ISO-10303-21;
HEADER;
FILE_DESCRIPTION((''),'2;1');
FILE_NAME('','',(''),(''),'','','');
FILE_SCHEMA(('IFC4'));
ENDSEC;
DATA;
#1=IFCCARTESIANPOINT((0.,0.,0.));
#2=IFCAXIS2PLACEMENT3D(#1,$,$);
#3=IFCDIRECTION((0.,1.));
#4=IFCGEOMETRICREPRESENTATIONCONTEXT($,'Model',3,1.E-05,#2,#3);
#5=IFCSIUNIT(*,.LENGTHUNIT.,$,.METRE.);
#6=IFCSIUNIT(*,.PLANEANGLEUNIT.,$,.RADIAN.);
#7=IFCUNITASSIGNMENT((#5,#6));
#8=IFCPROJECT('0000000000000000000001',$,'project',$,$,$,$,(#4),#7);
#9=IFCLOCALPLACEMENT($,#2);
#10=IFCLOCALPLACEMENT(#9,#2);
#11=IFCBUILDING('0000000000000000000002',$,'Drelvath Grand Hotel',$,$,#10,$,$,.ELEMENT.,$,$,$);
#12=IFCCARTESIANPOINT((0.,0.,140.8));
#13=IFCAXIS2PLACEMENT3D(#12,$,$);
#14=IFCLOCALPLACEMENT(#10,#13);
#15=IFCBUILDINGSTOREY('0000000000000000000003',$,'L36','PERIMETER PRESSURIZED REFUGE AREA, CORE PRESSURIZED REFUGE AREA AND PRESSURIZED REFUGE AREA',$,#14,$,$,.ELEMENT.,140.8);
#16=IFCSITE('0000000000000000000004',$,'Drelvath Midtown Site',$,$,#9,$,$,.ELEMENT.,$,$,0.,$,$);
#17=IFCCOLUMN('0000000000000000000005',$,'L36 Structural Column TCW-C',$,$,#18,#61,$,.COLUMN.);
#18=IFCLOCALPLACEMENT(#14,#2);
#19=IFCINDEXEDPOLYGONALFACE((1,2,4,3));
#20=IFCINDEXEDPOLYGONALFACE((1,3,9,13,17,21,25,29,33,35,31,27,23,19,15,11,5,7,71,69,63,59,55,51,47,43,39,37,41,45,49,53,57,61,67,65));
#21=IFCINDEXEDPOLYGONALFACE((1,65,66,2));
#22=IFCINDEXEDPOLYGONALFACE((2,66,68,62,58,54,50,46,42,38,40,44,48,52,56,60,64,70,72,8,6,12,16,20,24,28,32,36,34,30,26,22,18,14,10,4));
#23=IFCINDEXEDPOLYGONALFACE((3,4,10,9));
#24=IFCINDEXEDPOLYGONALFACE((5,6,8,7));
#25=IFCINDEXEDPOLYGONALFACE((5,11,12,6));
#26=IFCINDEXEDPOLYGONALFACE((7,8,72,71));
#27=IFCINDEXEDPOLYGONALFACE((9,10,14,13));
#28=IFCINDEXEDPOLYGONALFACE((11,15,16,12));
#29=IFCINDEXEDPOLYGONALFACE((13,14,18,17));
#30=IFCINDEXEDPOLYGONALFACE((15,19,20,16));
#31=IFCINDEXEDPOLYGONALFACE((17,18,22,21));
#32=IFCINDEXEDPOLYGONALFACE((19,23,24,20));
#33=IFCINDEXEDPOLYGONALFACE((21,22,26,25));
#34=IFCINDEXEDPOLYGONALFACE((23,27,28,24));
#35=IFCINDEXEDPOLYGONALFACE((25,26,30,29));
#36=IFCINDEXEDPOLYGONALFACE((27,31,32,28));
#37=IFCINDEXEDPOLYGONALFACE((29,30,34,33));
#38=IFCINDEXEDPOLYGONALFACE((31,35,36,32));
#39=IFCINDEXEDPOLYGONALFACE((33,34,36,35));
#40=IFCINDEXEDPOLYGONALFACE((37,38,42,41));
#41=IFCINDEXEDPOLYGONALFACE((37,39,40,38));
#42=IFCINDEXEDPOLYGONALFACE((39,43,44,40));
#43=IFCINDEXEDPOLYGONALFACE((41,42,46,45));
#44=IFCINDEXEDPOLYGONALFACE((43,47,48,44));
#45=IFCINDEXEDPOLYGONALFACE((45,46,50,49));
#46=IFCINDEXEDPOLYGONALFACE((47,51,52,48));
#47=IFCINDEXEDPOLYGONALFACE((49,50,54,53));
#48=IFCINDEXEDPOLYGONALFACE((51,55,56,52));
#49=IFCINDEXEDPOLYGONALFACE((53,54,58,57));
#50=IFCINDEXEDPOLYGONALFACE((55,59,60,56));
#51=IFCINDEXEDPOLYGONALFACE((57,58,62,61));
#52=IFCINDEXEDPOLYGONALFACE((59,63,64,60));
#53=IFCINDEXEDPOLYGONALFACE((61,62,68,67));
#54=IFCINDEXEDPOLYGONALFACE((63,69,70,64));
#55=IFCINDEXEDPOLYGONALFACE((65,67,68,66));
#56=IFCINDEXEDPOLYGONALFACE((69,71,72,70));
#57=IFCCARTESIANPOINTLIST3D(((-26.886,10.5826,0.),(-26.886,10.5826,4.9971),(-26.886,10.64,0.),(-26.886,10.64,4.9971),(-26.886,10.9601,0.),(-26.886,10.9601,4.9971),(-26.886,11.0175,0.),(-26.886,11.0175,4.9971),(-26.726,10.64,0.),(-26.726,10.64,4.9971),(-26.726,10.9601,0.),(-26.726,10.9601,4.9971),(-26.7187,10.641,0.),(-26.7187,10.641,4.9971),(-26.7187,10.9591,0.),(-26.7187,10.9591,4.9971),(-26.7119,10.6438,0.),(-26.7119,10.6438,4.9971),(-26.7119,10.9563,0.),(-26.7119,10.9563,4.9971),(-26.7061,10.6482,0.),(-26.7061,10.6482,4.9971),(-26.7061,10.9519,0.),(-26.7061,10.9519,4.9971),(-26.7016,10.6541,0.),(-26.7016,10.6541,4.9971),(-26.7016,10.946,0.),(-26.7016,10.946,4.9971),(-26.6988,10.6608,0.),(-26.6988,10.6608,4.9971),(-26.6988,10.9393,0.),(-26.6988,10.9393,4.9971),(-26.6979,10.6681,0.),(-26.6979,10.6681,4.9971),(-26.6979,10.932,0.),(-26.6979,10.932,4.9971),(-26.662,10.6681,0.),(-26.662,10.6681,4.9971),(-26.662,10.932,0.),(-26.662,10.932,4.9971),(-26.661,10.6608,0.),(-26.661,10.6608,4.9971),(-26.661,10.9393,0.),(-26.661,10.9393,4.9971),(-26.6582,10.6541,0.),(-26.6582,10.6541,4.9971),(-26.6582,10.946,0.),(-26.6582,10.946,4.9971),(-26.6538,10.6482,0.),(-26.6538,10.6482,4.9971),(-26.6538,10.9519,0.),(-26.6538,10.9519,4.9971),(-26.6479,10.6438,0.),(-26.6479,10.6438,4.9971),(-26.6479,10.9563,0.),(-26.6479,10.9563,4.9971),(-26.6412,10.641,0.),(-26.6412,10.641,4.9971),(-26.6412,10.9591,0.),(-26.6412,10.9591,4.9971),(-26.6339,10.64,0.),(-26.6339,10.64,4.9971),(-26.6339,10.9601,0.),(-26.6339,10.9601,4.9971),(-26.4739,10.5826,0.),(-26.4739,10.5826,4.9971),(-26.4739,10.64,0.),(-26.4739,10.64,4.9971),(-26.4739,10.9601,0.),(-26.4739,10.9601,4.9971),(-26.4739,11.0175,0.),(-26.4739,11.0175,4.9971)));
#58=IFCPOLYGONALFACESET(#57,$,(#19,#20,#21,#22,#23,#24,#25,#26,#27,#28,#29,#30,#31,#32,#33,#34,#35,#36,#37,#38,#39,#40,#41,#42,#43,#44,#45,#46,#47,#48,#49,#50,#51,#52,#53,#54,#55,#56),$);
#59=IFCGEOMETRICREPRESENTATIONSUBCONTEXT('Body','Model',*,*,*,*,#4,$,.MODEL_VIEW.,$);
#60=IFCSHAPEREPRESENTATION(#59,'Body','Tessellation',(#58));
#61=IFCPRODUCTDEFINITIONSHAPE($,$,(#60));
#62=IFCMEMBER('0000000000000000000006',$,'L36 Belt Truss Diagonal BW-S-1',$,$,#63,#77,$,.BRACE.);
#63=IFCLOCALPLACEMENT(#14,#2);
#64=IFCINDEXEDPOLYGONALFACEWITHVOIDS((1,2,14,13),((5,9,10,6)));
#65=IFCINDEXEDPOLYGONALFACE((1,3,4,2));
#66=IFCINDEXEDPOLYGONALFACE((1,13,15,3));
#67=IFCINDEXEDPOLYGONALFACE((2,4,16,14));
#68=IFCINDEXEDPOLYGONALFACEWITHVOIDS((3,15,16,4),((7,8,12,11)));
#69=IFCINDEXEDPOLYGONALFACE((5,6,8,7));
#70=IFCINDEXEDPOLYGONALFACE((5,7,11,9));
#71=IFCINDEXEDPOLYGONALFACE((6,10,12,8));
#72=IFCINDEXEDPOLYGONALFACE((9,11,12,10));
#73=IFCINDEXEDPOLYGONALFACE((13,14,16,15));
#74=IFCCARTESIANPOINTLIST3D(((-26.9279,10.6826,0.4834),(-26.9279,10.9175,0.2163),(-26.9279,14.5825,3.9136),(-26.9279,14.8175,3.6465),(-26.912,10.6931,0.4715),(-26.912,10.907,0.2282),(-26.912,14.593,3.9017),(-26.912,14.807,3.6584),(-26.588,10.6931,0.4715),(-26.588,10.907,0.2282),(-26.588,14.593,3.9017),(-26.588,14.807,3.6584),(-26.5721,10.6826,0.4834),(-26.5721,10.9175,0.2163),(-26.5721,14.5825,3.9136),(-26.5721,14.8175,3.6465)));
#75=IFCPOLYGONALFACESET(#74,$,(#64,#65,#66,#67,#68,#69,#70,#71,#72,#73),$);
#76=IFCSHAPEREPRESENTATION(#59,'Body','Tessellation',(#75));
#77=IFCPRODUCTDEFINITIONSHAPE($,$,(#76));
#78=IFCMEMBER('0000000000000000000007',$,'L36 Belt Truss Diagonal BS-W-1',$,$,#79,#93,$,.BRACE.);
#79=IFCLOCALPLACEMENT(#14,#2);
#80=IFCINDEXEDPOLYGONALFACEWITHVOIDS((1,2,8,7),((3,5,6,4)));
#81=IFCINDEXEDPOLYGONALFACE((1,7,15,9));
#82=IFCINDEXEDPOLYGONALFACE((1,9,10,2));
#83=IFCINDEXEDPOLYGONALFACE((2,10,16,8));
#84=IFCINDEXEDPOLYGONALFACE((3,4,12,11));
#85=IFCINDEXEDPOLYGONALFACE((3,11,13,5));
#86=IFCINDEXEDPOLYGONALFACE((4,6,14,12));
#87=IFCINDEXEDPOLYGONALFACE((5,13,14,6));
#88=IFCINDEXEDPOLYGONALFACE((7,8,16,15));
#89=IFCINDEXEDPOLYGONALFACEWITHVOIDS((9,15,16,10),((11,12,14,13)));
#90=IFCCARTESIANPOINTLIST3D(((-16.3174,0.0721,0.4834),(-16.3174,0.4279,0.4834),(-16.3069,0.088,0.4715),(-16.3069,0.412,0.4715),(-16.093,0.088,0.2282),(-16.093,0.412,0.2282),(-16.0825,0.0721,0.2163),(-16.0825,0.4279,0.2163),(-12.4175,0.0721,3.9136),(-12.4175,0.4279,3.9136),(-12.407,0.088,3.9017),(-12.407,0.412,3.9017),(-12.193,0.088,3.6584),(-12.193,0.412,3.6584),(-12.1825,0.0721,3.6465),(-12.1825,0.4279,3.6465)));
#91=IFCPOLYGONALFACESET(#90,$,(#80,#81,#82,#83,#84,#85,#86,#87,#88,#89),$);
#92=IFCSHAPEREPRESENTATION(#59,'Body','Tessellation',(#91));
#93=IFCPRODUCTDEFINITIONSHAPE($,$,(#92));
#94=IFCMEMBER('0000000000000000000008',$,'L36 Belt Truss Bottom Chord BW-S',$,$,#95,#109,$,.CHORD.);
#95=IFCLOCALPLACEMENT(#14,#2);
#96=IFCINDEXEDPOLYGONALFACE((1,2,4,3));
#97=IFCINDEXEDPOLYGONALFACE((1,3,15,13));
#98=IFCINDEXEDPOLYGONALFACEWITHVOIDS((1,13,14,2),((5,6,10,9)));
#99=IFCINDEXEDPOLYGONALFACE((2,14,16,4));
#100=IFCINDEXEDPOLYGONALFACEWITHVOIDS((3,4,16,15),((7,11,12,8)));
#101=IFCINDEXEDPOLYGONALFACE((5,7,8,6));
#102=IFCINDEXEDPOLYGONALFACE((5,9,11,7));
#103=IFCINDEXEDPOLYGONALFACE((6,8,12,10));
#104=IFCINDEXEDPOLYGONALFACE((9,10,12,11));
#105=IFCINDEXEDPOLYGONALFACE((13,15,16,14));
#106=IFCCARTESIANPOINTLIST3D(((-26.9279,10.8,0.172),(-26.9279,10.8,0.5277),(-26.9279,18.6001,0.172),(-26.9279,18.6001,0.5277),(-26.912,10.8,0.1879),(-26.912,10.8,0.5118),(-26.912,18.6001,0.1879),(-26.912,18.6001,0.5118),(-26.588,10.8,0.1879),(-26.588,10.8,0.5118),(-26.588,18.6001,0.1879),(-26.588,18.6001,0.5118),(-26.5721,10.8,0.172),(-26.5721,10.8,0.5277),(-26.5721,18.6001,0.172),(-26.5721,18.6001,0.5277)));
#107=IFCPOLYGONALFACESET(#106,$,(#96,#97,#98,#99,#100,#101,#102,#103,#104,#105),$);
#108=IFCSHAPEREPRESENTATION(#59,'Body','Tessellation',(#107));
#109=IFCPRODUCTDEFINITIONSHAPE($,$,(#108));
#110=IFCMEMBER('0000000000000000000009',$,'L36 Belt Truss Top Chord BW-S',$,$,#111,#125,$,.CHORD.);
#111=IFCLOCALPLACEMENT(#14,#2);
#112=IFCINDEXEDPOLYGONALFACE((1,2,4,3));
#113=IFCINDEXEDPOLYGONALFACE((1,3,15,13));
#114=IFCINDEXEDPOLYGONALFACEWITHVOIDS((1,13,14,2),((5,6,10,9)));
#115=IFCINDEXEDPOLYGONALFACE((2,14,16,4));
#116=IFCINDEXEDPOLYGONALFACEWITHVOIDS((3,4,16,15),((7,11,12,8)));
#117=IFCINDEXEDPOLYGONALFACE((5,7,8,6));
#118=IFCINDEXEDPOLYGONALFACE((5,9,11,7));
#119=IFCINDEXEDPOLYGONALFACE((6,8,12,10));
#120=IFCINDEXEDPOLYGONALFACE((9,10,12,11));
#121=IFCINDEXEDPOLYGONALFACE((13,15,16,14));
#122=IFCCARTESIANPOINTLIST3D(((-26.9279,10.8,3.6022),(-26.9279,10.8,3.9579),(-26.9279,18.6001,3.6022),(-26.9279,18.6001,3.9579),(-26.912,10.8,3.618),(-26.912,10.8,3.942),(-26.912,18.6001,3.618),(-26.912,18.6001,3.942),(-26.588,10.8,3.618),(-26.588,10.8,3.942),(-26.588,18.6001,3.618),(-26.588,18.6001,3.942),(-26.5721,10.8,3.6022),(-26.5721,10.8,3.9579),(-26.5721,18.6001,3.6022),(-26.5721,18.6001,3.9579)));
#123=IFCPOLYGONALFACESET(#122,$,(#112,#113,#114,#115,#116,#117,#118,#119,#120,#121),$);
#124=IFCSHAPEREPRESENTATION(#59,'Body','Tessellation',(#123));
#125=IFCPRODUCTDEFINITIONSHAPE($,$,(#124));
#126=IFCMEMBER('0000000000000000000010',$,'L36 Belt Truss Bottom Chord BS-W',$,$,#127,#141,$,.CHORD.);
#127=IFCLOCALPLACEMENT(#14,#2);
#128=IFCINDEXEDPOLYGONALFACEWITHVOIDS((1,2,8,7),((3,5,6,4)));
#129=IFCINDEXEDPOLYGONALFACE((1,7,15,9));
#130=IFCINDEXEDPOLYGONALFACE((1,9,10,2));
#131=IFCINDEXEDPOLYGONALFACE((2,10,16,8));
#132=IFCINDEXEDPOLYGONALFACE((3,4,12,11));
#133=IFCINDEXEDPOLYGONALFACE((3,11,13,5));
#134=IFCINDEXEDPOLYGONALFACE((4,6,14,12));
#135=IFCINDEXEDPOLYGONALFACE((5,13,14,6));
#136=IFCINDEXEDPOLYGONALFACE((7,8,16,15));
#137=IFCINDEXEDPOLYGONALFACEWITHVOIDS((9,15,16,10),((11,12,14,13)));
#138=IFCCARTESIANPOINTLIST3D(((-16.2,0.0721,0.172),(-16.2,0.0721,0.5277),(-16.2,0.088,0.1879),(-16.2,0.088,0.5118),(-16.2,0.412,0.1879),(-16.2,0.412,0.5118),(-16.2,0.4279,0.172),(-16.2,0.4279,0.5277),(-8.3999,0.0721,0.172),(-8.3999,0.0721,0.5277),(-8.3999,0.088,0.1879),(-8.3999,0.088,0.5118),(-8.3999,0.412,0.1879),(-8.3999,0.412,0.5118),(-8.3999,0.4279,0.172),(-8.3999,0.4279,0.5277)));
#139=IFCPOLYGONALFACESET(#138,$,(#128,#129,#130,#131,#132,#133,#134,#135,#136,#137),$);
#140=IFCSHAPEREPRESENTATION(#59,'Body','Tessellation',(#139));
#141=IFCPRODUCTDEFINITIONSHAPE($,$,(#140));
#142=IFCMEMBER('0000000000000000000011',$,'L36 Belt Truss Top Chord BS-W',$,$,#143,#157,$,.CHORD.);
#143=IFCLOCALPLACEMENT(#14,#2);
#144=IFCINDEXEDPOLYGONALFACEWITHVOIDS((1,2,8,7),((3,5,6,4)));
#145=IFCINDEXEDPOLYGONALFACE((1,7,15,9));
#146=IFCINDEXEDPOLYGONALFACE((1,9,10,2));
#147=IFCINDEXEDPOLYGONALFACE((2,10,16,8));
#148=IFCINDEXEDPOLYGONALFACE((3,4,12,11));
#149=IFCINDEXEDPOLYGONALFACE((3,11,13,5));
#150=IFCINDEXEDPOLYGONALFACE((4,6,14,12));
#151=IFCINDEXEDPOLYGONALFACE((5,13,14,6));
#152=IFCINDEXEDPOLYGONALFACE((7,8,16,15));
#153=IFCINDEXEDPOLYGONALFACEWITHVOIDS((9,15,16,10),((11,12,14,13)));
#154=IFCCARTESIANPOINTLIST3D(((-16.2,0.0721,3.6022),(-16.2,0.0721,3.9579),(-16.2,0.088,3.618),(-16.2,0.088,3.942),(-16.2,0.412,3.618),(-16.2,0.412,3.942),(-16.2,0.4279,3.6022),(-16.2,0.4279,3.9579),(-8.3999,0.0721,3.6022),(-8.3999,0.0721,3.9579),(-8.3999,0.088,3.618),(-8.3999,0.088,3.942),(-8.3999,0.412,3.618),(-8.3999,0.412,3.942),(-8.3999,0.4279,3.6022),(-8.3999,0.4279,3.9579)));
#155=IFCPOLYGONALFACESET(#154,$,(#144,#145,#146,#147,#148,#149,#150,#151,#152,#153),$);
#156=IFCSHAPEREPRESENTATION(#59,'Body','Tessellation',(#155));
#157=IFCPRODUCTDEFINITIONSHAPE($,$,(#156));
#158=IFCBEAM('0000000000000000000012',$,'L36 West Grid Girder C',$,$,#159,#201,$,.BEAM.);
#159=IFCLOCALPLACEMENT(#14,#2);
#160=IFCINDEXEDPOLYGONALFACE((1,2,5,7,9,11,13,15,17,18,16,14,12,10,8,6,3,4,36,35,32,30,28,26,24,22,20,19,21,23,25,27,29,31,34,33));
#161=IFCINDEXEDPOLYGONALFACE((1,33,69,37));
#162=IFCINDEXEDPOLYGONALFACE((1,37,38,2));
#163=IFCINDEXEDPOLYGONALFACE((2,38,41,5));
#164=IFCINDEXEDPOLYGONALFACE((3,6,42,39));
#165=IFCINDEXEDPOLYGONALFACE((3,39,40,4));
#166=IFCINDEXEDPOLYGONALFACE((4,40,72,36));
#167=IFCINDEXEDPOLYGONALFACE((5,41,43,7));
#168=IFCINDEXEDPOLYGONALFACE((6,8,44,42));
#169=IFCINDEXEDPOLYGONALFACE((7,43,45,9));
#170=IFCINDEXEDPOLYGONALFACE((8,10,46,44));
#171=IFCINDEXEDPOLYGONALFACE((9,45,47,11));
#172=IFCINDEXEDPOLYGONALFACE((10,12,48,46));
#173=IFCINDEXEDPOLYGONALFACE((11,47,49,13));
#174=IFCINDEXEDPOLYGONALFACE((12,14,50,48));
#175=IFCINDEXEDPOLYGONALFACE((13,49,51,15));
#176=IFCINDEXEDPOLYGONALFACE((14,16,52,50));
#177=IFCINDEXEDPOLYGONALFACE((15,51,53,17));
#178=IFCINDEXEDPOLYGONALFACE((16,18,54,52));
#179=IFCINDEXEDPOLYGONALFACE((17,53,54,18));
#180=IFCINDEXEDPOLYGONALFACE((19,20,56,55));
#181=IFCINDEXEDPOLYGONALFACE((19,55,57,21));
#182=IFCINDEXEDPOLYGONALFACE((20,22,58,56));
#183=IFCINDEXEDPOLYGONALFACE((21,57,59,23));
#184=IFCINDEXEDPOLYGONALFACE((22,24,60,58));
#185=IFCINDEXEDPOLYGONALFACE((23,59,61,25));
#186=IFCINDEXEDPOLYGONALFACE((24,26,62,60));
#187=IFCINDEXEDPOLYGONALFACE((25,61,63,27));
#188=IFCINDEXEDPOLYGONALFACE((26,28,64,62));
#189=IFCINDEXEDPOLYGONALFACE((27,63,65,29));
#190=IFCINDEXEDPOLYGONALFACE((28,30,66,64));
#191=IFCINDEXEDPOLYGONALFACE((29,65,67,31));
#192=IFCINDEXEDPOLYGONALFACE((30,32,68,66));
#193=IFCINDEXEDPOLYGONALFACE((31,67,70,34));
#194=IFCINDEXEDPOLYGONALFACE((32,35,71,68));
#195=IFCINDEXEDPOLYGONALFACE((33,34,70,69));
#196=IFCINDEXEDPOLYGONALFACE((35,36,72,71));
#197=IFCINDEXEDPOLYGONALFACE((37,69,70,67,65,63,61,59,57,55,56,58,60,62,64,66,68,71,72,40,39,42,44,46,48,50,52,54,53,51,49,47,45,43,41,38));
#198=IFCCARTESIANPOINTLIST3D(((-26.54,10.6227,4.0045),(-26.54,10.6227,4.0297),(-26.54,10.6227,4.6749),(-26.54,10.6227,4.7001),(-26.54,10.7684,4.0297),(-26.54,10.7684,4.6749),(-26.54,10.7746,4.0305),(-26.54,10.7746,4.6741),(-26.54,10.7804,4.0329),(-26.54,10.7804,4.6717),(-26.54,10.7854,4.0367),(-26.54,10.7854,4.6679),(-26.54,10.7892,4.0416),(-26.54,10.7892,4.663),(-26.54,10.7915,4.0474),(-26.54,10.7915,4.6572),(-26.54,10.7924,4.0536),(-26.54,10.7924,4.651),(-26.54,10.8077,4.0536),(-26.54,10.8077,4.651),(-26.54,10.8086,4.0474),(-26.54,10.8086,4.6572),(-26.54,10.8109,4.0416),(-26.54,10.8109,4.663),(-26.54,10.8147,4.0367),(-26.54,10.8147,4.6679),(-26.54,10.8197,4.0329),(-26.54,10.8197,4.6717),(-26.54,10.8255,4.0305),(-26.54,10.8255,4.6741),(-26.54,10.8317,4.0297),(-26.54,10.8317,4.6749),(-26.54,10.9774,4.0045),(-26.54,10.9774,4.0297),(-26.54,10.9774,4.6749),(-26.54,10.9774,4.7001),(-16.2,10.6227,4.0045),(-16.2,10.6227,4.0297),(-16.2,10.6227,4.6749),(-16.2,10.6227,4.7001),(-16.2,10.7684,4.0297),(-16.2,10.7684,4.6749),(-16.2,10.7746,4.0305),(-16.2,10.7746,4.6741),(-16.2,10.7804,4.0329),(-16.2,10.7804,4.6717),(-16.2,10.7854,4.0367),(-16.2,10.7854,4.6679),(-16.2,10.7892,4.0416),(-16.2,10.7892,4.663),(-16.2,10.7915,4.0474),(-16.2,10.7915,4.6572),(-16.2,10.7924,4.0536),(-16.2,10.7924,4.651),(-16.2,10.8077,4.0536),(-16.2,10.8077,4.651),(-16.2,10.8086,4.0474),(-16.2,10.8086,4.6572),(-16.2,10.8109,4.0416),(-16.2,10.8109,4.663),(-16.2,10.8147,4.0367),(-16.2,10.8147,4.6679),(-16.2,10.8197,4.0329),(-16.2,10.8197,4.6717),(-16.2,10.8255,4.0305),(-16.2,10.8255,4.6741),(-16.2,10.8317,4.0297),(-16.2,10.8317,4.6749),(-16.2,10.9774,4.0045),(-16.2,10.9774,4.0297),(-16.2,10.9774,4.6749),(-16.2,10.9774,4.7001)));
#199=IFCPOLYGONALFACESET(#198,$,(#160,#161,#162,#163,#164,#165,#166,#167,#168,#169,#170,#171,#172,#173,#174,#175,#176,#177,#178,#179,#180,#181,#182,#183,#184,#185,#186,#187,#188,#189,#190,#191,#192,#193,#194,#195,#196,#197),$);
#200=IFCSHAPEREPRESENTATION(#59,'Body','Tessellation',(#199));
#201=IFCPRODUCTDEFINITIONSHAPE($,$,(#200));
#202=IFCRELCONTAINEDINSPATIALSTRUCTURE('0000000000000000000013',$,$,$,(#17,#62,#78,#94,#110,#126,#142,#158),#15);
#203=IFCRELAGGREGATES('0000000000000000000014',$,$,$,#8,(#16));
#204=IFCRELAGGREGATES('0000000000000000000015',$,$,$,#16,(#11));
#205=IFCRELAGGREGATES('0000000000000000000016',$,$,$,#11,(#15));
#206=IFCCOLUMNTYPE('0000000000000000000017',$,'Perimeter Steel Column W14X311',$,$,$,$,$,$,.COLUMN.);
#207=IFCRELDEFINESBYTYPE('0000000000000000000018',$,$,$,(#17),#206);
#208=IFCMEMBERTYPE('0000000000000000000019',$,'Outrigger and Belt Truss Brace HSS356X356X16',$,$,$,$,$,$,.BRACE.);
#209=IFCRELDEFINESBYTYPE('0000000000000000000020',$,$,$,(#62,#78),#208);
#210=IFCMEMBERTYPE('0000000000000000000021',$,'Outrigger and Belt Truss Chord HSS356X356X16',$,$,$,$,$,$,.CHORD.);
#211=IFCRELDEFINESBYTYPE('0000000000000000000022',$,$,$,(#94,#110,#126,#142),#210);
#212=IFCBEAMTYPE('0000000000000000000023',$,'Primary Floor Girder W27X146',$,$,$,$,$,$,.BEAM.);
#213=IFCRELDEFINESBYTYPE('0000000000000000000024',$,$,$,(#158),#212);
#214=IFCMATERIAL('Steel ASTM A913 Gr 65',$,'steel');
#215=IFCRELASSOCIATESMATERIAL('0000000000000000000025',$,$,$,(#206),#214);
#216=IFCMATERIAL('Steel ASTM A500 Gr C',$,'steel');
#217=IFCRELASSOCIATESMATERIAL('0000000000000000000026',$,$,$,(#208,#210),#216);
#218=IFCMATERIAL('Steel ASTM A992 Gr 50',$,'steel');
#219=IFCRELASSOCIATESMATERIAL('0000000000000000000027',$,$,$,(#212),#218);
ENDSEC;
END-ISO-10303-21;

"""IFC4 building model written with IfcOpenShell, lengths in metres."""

from ifc_helpers import new_model, si_unit, direction, frame, origin, origin_2d, place, context, subcontext, project, spatial, hollow_rectangle, i_section, extrude, material, material_profile, profile_set, type_object, element, save


model = new_model("IFC4")

# Units and contexts
model_context = context("Model", 3, precision=1e-05, world=origin(), true_north=direction((0.0, 1.0)))
body_context = subcontext(model_context, "Body", "Model", "MODEL_VIEW")
ifc_project = project(units=[si_unit("LENGTHUNIT", "METRE"), si_unit("PLANEANGLEUNIT", "RADIAN")], contexts=[model_context])

# Site, building, storey
site_placement = place(None, origin())
site = spatial("IfcSite", under=ifc_project, at=site_placement, Name="Drelvath Midtown Site", CompositionType="ELEMENT", RefElevation=0.0)
building_placement = place(site_placement, origin())
building = spatial("IfcBuilding", under=site, at=building_placement, Name="Drelvath Grand Hotel", CompositionType="ELEMENT")
storey_placement = place(building_placement, frame((0.0, 0.0, 140.8)))
storey = spatial("IfcBuildingStorey", under=building, at=storey_placement, Name="L36", Description="PERIMETER PRESSURIZED REFUGE AREA, CORE PRESSURIZED REFUGE AREA AND PRESSURIZED REFUGE AREA", CompositionType="ELEMENT", Elevation=140.8)

# Column
ifc_material_1 = material(Name="Steel ASTM A913 Gr 65", Category="steel")
ifc_material_profile_1 = material_profile(ifc_material_1, i_section(OverallWidth=0.4121, OverallDepth=0.4348, WebThickness=0.0359, FlangeThickness=0.0574, FilletRadius=0.0281, at=origin_2d()), Name="W14X311")
ifc_profile_set_1 = profile_set([ifc_material_profile_1], Name="Steel ASTM A913 Gr 65")
column_type = type_object("IfcColumnType", Name="Perimeter Steel Column W14X311", PredefinedType="COLUMN", material=ifc_profile_set_1)
column_placement = place(storey_placement, frame((-26.6799, 10.8, 0.0), z_axis=(0.0, 0.0, 1.0), x_axis=(1.0, 0.0, 0.0)))
element("IfcColumn", 1, at=column_placement, inside=storey, type_object=column_type, Name="L36 Structural Column TCW-C", PredefinedType="COLUMN", context=body_context, shape_type="SweptSolid", body=[
    extrude(i_section(OverallWidth=0.4121, OverallDepth=0.4348, WebThickness=0.0359, FlangeThickness=0.0574, FilletRadius=0.0281, at=origin_2d()), origin(), (0.0, 0.0, 1.0), 4.9971),
])

# Members
ifc_material_2 = material(Name="Steel ASTM A500 Gr C", Category="steel")
ifc_material_profile_2 = material_profile(ifc_material_2, hollow_rectangle(XDim=0.3557, YDim=0.3557, WallThickness=0.0159, at=origin_2d()), Name="HSS356X356X16")
ifc_profile_set_2 = profile_set([ifc_material_profile_2], Name="Steel ASTM A500 Gr C")
member_type_1 = type_object("IfcMemberType", Name="Outrigger and Belt Truss Brace HSS356X356X16", PredefinedType="BRACE", material=ifc_profile_set_2)
for number, where, z_axis, x_axis, name in (
    (2, (-26.75, 10.8, 0.3499), (0.0, 0.750879, 0.660439), (-1.0, 0.0, 0.0), "L36 Belt Truss Diagonal BW-S-1"),
    (3, (-16.2, 0.25, 0.3499), (0.750879, 0.0, 0.660439), (0.0, 1.0, 0.0), "L36 Belt Truss Diagonal BS-W-1"),
):
    element("IfcMember", number, at=place(storey_placement, frame(where, z_axis=z_axis, x_axis=x_axis)), inside=storey, type_object=member_type_1, Name=name, PredefinedType="BRACE", context=body_context, shape_type="SweptSolid", body=[
        extrude(hollow_rectangle(XDim=0.3557, YDim=0.3557, WallThickness=0.0159, at=origin_2d()), origin(), (0.0, 0.0, 1.0), 5.1938),
    ])
ifc_material_profile_3 = material_profile(ifc_material_2, hollow_rectangle(XDim=0.3557, YDim=0.3557, WallThickness=0.0159, at=origin_2d()), Name="HSS356X356X16")
ifc_profile_set_3 = profile_set([ifc_material_profile_3], Name="Steel ASTM A500 Gr C")
member_type_2 = type_object("IfcMemberType", Name="Outrigger and Belt Truss Chord HSS356X356X16", PredefinedType="CHORD", material=ifc_profile_set_3)
for number, where, z_axis, x_axis, name in (
    (4, (-26.75, 10.8, 0.3499), (0.0, 1.0, 0.0), (-1.0, 0.0, 0.0), "L36 Belt Truss Bottom Chord BW-S"),
    (5, (-26.75, 10.8, 3.78), (0.0, 1.0, 0.0), (-1.0, 0.0, 0.0), "L36 Belt Truss Top Chord BW-S"),
    (6, (-16.2, 0.25, 0.3499), (1.0, 0.0, 0.0), (0.0, 1.0, 0.0), "L36 Belt Truss Bottom Chord BS-W"),
    (7, (-16.2, 0.25, 3.78), (1.0, 0.0, 0.0), (0.0, 1.0, 0.0), "L36 Belt Truss Top Chord BS-W"),
):
    element("IfcMember", number, at=place(storey_placement, frame(where, z_axis=z_axis, x_axis=x_axis)), inside=storey, type_object=member_type_2, Name=name, PredefinedType="CHORD", context=body_context, shape_type="SweptSolid", body=[
        extrude(hollow_rectangle(XDim=0.3557, YDim=0.3557, WallThickness=0.0159, at=origin_2d()), origin(), (0.0, 0.0, 1.0), 7.8),
    ])

# Beam
ifc_material_3 = material(Name="Steel ASTM A992 Gr 50", Category="steel")
ifc_material_profile_4 = material_profile(ifc_material_3, i_section(OverallWidth=0.3547, OverallDepth=0.6956, WebThickness=0.0154, FlangeThickness=0.0251, FilletRadius=0.0239, at=origin_2d()), Name="W27X146")
ifc_profile_set_4 = profile_set([ifc_material_profile_4], Name="Steel ASTM A992 Gr 50")
beam_type = type_object("IfcBeamType", Name="Primary Floor Girder W27X146", PredefinedType="BEAM", material=ifc_profile_set_4)
beam_placement = place(storey_placement, frame((-26.54, 10.8, 4.3523), z_axis=(1.0, 0.0, 0.0), x_axis=(0.0, 1.0, 0.0)))
element("IfcBeam", 8, at=beam_placement, inside=storey, type_object=beam_type, Name="L36 West Grid Girder C", PredefinedType="BEAM", context=body_context, shape_type="SweptSolid", body=[
    extrude(i_section(OverallWidth=0.3547, OverallDepth=0.6956, WebThickness=0.0154, FlangeThickness=0.0251, FilletRadius=0.0239, at=origin_2d()), origin(), (0.0, 0.0, 1.0), 10.3401),
])

save(model, "model.ifc")
